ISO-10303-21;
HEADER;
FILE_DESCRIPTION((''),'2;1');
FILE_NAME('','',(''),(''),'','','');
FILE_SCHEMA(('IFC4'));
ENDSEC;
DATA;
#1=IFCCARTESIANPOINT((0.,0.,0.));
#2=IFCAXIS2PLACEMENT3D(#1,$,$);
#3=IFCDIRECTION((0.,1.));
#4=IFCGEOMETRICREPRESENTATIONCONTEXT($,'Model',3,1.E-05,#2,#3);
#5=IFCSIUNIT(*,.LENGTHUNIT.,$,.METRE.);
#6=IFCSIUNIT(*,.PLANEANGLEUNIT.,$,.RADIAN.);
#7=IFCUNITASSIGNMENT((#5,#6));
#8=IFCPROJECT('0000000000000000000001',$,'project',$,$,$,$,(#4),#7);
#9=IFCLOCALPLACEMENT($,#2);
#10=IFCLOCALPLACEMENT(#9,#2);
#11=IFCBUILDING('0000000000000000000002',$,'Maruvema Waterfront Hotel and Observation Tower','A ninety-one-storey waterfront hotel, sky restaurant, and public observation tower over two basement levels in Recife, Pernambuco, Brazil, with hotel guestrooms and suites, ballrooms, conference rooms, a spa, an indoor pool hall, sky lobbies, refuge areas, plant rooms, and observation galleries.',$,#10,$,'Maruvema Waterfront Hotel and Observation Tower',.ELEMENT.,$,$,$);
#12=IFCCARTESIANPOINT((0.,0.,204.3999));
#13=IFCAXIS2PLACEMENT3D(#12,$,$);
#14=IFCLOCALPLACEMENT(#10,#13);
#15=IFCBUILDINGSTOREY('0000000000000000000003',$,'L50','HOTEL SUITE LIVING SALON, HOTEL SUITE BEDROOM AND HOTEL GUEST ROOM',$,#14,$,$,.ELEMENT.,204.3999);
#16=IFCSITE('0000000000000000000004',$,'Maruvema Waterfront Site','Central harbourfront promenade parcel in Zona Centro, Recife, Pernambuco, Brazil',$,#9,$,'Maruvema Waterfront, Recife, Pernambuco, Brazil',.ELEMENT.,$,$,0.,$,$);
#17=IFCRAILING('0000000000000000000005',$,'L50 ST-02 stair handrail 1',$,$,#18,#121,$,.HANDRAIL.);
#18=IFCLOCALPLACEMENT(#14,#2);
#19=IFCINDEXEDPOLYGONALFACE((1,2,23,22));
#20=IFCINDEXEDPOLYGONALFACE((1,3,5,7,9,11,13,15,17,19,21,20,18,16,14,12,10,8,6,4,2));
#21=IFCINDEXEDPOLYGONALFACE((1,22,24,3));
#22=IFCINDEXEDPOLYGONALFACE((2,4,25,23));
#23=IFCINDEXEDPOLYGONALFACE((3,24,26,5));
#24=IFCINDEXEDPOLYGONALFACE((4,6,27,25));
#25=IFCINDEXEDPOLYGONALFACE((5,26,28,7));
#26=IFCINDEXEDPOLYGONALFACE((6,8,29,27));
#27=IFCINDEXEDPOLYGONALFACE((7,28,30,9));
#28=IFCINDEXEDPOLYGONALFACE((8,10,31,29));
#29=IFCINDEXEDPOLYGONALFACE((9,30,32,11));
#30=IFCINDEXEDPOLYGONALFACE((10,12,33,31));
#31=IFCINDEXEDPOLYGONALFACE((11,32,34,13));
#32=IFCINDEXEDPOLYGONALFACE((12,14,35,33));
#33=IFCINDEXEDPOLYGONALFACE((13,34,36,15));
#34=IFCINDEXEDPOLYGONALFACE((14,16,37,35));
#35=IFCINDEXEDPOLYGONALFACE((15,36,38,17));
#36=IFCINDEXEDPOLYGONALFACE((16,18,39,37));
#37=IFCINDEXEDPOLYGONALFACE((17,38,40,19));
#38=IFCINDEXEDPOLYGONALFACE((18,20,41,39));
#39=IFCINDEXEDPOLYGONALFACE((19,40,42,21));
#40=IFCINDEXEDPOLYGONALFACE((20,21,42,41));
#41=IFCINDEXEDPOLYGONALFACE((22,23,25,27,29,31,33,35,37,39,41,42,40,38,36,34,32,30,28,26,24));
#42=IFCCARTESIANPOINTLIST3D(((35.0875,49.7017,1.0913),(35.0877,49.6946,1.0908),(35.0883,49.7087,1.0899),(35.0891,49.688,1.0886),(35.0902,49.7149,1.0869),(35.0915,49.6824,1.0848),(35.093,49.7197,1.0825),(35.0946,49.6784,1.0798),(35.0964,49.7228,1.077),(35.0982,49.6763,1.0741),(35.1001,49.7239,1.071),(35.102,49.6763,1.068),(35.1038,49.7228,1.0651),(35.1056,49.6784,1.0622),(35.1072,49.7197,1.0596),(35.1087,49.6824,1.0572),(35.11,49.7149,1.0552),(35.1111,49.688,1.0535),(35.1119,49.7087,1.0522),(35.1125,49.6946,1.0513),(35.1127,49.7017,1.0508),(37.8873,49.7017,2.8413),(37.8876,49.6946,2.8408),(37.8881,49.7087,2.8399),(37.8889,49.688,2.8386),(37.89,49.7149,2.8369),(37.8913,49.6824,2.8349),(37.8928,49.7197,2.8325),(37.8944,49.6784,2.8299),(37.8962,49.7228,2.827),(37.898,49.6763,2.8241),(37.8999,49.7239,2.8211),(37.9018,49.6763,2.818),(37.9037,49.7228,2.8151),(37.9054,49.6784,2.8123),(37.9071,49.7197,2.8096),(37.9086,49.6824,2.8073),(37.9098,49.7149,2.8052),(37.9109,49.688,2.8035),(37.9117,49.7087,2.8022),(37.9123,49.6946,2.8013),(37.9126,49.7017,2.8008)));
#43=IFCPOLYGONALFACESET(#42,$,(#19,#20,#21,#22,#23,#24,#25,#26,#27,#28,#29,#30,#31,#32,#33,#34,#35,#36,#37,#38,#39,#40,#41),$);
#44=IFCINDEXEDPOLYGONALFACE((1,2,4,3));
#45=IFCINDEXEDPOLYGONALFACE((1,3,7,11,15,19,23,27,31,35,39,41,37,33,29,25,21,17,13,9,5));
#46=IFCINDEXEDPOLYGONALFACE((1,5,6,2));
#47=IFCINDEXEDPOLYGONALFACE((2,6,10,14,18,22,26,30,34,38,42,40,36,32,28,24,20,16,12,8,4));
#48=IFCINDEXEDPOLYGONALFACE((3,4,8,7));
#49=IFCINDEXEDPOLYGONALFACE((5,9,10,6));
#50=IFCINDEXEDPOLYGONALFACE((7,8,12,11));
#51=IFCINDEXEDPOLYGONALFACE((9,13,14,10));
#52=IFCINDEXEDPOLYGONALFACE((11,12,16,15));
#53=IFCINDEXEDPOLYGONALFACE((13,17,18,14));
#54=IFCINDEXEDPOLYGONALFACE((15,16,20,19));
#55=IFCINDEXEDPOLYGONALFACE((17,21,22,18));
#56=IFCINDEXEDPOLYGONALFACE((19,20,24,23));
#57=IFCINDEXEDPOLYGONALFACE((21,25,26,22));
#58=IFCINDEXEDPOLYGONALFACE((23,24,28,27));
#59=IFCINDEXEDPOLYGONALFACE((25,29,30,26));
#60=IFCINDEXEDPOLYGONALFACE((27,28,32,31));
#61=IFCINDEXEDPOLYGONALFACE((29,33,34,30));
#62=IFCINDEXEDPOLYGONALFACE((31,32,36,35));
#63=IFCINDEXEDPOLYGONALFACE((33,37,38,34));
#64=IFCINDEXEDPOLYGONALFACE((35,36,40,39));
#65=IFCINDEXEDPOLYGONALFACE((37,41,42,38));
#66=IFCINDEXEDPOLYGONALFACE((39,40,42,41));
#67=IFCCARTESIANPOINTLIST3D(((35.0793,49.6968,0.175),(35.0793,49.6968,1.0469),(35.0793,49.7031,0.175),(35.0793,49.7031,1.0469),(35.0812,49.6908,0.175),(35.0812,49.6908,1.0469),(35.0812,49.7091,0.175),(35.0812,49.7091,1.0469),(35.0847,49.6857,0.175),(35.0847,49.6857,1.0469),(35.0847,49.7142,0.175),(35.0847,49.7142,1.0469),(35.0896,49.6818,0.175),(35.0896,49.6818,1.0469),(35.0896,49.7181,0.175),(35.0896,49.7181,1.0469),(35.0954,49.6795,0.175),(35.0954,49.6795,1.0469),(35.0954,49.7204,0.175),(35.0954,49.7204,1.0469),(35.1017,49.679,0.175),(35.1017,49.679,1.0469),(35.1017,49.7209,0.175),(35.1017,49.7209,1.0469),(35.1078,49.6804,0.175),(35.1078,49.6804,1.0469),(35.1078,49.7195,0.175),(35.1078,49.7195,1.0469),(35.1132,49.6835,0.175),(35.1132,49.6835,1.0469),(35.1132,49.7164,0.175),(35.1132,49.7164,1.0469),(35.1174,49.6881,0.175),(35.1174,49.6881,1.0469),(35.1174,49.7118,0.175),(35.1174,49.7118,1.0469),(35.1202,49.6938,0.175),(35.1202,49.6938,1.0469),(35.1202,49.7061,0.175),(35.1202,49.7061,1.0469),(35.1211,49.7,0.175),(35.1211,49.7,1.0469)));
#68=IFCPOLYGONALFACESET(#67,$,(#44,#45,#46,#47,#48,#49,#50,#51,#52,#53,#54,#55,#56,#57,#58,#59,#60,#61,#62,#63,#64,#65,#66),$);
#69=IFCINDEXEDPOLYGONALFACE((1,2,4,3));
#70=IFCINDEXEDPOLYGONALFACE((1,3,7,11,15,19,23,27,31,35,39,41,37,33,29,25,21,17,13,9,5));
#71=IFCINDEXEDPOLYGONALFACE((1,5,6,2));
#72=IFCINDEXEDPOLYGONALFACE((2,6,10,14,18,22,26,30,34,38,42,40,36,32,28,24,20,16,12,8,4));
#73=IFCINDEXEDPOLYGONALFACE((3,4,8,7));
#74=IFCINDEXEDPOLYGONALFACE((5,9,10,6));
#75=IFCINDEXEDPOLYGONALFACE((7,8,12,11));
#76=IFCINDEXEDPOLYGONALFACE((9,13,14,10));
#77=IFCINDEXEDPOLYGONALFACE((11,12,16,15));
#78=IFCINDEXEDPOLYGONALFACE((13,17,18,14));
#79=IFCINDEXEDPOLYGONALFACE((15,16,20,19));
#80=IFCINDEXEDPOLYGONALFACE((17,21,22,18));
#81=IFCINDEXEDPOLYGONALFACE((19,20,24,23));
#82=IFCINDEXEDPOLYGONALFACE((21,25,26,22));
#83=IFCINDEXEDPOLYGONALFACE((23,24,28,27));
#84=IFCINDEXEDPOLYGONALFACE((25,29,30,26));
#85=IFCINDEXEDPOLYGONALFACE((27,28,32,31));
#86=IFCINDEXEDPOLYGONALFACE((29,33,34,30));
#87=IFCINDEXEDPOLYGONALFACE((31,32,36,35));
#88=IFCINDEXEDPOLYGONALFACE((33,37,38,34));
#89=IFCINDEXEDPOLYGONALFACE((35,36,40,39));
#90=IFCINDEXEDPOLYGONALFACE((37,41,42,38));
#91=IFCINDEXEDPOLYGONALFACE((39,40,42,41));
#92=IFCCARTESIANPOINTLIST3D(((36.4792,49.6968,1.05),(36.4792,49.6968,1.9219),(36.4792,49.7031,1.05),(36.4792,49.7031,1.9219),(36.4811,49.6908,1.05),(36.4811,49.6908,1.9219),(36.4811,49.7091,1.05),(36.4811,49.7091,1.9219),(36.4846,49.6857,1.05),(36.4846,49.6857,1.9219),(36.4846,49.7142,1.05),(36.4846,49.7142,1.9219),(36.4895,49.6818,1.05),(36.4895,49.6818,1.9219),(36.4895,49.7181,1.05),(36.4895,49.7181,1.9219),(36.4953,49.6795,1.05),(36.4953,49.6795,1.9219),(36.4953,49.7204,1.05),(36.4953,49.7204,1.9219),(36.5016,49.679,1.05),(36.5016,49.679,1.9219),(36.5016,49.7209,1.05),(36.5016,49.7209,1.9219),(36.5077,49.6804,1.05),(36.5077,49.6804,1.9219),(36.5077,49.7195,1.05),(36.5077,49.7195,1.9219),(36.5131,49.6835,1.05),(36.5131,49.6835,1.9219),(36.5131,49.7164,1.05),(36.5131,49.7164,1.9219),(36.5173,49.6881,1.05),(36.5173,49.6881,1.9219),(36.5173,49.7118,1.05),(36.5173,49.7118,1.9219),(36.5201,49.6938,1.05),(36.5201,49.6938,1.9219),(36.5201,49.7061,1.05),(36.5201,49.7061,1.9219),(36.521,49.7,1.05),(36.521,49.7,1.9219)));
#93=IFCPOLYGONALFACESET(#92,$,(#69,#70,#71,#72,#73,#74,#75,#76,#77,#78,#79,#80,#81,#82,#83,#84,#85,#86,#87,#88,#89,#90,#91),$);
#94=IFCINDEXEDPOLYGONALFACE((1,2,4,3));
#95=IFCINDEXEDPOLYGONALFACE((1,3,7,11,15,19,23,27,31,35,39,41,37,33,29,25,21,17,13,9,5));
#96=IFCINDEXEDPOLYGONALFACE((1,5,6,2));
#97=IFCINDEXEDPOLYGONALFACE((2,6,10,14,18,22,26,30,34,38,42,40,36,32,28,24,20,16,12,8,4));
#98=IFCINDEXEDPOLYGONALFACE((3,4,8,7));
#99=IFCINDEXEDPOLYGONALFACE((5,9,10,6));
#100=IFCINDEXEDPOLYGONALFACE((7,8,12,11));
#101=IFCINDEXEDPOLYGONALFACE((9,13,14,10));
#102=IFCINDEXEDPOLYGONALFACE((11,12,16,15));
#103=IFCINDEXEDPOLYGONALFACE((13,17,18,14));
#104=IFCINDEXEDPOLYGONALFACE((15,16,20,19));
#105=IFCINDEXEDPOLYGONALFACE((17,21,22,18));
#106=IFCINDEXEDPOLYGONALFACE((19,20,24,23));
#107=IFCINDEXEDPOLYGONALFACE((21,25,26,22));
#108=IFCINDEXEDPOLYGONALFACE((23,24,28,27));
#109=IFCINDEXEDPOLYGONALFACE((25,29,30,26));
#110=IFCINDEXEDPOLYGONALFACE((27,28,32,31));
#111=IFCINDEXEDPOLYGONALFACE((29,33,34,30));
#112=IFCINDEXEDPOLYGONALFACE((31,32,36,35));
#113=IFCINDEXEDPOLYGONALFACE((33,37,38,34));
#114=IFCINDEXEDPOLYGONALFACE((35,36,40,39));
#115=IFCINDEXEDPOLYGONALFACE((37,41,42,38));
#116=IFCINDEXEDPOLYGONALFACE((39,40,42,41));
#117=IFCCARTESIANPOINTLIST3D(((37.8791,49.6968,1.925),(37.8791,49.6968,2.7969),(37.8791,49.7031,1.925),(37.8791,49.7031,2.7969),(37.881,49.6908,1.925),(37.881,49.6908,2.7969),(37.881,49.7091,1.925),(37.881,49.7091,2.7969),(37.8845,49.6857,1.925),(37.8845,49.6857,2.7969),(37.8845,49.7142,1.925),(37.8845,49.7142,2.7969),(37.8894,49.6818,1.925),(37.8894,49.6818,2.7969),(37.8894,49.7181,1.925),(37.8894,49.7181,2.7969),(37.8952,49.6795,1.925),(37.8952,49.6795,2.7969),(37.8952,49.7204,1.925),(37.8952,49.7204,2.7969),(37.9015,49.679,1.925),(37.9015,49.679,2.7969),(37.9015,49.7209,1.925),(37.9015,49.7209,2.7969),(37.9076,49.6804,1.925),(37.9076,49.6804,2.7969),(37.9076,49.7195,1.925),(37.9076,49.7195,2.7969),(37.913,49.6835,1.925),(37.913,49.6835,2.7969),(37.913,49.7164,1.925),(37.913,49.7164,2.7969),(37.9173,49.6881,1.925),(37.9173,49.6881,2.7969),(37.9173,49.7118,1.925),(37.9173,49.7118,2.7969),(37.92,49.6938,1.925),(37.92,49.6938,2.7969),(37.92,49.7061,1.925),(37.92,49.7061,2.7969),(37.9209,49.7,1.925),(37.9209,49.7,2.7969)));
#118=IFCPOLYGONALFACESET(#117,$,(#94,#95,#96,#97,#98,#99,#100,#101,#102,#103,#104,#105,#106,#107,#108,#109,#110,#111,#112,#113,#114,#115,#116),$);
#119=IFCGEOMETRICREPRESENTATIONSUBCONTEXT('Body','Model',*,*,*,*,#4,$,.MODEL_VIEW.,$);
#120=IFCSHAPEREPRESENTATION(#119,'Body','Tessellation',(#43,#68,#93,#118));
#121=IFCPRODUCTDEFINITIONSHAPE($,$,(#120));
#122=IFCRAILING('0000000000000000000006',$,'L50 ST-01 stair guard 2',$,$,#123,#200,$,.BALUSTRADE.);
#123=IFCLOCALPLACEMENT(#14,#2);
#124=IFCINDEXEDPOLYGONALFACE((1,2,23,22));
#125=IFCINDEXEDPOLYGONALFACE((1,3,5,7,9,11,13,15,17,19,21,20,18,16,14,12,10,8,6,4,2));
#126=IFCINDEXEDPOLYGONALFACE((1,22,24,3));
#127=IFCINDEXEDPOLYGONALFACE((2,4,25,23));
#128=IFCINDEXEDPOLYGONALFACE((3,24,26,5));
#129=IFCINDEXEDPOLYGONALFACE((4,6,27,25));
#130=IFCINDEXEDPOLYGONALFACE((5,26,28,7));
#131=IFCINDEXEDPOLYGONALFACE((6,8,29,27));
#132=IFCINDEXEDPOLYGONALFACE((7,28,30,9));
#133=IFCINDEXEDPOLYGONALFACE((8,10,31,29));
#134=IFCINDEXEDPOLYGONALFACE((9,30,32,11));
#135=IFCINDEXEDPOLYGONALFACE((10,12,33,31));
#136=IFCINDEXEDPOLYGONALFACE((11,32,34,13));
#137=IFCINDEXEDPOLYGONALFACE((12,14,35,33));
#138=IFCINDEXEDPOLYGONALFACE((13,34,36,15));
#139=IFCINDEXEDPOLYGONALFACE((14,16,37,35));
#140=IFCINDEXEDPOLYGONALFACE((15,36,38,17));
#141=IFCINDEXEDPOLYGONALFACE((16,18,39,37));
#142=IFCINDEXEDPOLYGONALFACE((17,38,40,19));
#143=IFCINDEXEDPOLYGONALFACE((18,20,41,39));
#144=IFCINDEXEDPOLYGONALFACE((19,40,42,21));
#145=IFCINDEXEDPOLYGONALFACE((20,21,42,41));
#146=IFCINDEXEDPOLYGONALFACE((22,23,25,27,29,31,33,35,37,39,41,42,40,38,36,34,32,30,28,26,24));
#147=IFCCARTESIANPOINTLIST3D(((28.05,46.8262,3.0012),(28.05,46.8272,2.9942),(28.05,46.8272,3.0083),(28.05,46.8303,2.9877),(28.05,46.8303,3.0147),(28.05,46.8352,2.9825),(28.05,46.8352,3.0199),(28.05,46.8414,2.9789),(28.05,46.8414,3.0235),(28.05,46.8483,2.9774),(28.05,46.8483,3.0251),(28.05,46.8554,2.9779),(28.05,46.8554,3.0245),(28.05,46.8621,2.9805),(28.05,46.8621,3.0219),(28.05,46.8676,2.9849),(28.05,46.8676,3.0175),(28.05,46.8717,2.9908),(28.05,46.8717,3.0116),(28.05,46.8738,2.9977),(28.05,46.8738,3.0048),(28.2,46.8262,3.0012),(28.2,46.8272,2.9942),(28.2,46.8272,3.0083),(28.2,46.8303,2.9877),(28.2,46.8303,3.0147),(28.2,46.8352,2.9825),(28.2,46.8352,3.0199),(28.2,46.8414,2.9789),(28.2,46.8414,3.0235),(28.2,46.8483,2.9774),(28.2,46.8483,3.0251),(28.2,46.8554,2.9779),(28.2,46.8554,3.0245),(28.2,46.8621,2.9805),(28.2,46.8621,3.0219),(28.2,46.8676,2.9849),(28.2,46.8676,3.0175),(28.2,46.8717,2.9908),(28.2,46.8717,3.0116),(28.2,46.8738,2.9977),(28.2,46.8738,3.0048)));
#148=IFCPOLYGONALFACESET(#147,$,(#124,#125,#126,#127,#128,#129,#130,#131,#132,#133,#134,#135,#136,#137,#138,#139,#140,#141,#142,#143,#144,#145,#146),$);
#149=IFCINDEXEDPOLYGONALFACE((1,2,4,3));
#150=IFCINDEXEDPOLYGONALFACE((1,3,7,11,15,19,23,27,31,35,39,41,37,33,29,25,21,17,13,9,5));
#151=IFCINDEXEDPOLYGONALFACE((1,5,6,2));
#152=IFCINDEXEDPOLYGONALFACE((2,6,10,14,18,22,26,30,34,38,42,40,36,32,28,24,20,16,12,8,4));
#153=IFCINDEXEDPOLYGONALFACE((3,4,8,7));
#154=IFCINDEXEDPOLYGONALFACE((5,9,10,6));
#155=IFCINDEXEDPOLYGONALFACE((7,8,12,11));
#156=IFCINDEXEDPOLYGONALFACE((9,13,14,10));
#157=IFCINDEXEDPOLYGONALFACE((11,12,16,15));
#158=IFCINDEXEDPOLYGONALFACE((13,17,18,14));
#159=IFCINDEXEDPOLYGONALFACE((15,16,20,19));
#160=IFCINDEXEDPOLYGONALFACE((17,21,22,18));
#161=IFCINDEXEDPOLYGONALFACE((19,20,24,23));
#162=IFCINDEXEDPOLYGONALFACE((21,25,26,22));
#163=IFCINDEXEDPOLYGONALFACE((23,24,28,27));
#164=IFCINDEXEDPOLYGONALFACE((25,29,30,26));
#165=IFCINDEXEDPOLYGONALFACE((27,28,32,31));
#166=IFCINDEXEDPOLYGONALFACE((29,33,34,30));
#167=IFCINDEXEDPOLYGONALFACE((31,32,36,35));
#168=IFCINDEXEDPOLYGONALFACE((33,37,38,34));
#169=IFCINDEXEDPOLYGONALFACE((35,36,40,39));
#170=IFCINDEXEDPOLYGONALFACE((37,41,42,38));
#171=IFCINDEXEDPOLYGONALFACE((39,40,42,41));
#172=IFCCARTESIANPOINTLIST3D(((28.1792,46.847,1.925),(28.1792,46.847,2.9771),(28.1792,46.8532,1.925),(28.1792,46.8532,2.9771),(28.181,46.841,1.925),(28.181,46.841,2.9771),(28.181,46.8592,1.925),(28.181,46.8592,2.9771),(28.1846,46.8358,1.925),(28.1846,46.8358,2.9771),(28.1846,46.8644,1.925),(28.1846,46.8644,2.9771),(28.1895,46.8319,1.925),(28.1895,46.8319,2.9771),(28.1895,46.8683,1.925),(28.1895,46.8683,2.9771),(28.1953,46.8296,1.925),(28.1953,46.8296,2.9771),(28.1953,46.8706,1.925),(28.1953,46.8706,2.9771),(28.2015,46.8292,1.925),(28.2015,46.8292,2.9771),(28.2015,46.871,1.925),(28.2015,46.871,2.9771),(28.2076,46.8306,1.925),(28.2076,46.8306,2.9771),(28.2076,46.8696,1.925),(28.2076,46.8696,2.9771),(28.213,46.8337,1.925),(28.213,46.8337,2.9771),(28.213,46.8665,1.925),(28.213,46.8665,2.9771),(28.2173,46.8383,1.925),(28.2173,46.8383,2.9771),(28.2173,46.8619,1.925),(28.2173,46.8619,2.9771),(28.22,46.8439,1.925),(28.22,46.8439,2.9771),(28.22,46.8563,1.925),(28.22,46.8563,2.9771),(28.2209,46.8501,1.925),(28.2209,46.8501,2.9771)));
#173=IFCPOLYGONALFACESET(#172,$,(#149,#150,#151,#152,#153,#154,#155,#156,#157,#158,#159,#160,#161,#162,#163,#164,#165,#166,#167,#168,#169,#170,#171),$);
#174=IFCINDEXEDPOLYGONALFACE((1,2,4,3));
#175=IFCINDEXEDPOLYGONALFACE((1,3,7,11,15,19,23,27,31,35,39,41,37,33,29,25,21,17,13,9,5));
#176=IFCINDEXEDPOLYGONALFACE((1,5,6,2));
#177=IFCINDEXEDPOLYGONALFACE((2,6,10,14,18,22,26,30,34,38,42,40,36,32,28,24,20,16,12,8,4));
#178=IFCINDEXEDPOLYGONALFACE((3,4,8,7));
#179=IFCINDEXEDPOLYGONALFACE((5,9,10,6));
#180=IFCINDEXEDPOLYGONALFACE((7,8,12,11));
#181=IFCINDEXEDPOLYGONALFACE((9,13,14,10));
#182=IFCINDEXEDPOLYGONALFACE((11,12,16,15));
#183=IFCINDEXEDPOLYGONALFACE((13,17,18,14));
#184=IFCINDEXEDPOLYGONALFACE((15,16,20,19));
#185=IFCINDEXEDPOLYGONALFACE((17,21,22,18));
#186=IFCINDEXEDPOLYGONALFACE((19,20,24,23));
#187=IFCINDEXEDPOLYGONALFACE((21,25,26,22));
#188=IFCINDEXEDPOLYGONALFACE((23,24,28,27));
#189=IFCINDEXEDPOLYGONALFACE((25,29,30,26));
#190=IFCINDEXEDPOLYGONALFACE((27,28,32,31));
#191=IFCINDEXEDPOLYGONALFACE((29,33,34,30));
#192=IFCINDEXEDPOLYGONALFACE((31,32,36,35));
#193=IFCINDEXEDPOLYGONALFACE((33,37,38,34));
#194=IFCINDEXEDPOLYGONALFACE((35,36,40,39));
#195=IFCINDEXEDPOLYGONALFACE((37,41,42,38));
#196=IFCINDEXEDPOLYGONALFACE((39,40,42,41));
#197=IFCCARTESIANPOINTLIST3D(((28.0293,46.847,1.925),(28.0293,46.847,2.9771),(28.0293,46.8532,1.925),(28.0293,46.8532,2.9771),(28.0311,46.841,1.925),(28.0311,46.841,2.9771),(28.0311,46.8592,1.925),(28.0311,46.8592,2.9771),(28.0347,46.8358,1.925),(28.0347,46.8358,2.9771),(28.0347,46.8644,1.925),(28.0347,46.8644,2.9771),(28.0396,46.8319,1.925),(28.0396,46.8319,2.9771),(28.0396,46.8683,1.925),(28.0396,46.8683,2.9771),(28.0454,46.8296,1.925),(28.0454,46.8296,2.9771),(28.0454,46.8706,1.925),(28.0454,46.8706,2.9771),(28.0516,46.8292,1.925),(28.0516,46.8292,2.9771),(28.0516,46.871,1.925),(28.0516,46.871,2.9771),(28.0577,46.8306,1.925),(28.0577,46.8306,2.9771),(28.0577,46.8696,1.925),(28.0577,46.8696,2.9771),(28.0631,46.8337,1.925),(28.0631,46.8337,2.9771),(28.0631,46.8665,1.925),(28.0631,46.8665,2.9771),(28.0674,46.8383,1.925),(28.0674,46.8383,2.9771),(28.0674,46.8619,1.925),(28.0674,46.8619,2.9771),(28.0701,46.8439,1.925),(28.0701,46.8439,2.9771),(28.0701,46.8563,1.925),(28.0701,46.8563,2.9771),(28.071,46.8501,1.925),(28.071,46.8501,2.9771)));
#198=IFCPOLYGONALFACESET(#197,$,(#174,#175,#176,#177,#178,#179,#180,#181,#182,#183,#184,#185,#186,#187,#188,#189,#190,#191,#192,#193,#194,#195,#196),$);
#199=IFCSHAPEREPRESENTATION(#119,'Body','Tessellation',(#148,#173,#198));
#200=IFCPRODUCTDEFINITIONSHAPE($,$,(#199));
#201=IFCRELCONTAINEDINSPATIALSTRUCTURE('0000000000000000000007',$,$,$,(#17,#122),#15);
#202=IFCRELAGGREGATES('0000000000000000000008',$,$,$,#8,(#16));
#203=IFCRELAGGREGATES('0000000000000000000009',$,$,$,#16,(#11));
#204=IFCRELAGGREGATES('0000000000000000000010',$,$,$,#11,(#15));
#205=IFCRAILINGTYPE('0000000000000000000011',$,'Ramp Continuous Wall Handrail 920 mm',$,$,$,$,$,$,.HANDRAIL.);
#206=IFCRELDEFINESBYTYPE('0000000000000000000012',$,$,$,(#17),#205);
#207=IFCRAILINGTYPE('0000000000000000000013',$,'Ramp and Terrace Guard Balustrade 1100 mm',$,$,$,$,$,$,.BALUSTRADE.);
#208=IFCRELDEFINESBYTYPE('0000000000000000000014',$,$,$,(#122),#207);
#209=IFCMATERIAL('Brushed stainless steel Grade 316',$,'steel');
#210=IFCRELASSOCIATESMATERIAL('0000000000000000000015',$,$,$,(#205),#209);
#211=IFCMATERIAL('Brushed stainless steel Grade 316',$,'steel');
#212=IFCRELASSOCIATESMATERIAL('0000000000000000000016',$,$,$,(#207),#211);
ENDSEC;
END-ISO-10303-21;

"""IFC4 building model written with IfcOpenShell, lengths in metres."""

from ifc_helpers import new_model, si_unit, direction, frame, origin, origin_2d, place, context, subcontext, project, spatial, circle, extrude, material, type_object, element, save


model = new_model("IFC4")

# Units and contexts
model_context = context("Model", 3, precision=1e-05, world=origin(), true_north=direction((0.0, 1.0)))
body_context = subcontext(model_context, "Body", "Model", "MODEL_VIEW")
ifc_project = project(units=[si_unit("LENGTHUNIT", "METRE"), si_unit("PLANEANGLEUNIT", "RADIAN")], contexts=[model_context])

# Site, building, storey
site_placement = place(None, origin())
site = spatial("IfcSite", under=ifc_project, at=site_placement, Name="Maruvema Waterfront Site", Description="Central harbourfront promenade parcel in Zona Centro, Recife, Pernambuco, Brazil", LongName="Maruvema Waterfront, Recife, Pernambuco, Brazil", CompositionType="ELEMENT", RefElevation=0.0)
building_placement = place(site_placement, origin())
building = spatial("IfcBuilding", under=site, at=building_placement, Name="Maruvema Waterfront Hotel and Observation Tower", Description="A ninety-one-storey waterfront hotel, sky restaurant, and public observation tower over two basement levels in Recife, Pernambuco, Brazil, with hotel guestrooms and suites, ballrooms, conference rooms, a spa, an indoor pool hall, sky lobbies, refuge areas, plant rooms, and observation galleries.", LongName="Maruvema Waterfront Hotel and Observation Tower", CompositionType="ELEMENT")
storey_placement = place(building_placement, frame((0.0, 0.0, 204.3999)))
storey = spatial("IfcBuildingStorey", under=building, at=storey_placement, Name="L50", Description="HOTEL SUITE LIVING SALON, HOTEL SUITE BEDROOM AND HOTEL GUEST ROOM", CompositionType="ELEMENT", Elevation=204.3999)

# Railings
ifc_material_1 = material(Name="Brushed stainless steel Grade 316", Category="steel")
railing_type_1 = type_object("IfcRailingType", Name="Ramp Continuous Wall Handrail 920 mm", PredefinedType="HANDRAIL", material=ifc_material_1)
railing_1_placement = place(storey_placement, frame((35.1001, 49.7, 0.175)))
element("IfcRailing", 1, at=railing_1_placement, inside=storey, type_object=railing_type_1, Name="L50 ST-02 stair handrail 1", PredefinedType="HANDRAIL", context=body_context, shape_type="SweptSolid", body=[
    extrude(circle(Radius=0.0239, at=origin_2d()), frame((0.0, 0.0, 0.896), z_axis=(0.847982, 0.0, 0.530026), x_axis=(0.0, 1.0, 0.0)), (0.0, 0.0, 1.0), 3.3018),
    extrude(circle(Radius=0.021, at=origin_2d()), origin(), (0.0, 0.0, 1.0), 0.8718),
    extrude(circle(Radius=0.021, at=origin_2d()), frame((1.3999, 0.0, 0.875)), (0.0, 0.0, 1.0), 0.8718),
    extrude(circle(Radius=0.021, at=origin_2d()), frame((2.7998, 0.0, 1.75)), (0.0, 0.0, 1.0), 0.8718),
])
ifc_material_2 = material(Name="Brushed stainless steel Grade 316", Category="steel")
railing_type_2 = type_object("IfcRailingType", Name="Ramp and Terrace Guard Balustrade 1100 mm", PredefinedType="BALUSTRADE", material=ifc_material_2)
railing_2_placement = place(storey_placement, frame((28.2, 46.8501, 1.925)))
element("IfcRailing", 2, at=railing_2_placement, inside=storey, type_object=railing_type_2, Name="L50 ST-01 stair guard 2", PredefinedType="BALUSTRADE", context=body_context, shape_type="SweptSolid", body=[
    extrude(circle(Radius=0.0239, at=origin_2d()), frame((0.0, 0.0, 1.0762), z_axis=(-1.0, 0.0, 0.0), x_axis=(0.0, -1.0, 0.0)), (0.0, 0.0, 1.0), 0.1499),
    extrude(circle(Radius=0.021, at=origin_2d()), origin(), (0.0, 0.0, 1.0), 1.052),
    extrude(circle(Radius=0.021, at=origin_2d()), frame((-0.1499, 0.0, 0.0)), (0.0, 0.0, 1.0), 1.052),
])

save(model, "model.ifc")
